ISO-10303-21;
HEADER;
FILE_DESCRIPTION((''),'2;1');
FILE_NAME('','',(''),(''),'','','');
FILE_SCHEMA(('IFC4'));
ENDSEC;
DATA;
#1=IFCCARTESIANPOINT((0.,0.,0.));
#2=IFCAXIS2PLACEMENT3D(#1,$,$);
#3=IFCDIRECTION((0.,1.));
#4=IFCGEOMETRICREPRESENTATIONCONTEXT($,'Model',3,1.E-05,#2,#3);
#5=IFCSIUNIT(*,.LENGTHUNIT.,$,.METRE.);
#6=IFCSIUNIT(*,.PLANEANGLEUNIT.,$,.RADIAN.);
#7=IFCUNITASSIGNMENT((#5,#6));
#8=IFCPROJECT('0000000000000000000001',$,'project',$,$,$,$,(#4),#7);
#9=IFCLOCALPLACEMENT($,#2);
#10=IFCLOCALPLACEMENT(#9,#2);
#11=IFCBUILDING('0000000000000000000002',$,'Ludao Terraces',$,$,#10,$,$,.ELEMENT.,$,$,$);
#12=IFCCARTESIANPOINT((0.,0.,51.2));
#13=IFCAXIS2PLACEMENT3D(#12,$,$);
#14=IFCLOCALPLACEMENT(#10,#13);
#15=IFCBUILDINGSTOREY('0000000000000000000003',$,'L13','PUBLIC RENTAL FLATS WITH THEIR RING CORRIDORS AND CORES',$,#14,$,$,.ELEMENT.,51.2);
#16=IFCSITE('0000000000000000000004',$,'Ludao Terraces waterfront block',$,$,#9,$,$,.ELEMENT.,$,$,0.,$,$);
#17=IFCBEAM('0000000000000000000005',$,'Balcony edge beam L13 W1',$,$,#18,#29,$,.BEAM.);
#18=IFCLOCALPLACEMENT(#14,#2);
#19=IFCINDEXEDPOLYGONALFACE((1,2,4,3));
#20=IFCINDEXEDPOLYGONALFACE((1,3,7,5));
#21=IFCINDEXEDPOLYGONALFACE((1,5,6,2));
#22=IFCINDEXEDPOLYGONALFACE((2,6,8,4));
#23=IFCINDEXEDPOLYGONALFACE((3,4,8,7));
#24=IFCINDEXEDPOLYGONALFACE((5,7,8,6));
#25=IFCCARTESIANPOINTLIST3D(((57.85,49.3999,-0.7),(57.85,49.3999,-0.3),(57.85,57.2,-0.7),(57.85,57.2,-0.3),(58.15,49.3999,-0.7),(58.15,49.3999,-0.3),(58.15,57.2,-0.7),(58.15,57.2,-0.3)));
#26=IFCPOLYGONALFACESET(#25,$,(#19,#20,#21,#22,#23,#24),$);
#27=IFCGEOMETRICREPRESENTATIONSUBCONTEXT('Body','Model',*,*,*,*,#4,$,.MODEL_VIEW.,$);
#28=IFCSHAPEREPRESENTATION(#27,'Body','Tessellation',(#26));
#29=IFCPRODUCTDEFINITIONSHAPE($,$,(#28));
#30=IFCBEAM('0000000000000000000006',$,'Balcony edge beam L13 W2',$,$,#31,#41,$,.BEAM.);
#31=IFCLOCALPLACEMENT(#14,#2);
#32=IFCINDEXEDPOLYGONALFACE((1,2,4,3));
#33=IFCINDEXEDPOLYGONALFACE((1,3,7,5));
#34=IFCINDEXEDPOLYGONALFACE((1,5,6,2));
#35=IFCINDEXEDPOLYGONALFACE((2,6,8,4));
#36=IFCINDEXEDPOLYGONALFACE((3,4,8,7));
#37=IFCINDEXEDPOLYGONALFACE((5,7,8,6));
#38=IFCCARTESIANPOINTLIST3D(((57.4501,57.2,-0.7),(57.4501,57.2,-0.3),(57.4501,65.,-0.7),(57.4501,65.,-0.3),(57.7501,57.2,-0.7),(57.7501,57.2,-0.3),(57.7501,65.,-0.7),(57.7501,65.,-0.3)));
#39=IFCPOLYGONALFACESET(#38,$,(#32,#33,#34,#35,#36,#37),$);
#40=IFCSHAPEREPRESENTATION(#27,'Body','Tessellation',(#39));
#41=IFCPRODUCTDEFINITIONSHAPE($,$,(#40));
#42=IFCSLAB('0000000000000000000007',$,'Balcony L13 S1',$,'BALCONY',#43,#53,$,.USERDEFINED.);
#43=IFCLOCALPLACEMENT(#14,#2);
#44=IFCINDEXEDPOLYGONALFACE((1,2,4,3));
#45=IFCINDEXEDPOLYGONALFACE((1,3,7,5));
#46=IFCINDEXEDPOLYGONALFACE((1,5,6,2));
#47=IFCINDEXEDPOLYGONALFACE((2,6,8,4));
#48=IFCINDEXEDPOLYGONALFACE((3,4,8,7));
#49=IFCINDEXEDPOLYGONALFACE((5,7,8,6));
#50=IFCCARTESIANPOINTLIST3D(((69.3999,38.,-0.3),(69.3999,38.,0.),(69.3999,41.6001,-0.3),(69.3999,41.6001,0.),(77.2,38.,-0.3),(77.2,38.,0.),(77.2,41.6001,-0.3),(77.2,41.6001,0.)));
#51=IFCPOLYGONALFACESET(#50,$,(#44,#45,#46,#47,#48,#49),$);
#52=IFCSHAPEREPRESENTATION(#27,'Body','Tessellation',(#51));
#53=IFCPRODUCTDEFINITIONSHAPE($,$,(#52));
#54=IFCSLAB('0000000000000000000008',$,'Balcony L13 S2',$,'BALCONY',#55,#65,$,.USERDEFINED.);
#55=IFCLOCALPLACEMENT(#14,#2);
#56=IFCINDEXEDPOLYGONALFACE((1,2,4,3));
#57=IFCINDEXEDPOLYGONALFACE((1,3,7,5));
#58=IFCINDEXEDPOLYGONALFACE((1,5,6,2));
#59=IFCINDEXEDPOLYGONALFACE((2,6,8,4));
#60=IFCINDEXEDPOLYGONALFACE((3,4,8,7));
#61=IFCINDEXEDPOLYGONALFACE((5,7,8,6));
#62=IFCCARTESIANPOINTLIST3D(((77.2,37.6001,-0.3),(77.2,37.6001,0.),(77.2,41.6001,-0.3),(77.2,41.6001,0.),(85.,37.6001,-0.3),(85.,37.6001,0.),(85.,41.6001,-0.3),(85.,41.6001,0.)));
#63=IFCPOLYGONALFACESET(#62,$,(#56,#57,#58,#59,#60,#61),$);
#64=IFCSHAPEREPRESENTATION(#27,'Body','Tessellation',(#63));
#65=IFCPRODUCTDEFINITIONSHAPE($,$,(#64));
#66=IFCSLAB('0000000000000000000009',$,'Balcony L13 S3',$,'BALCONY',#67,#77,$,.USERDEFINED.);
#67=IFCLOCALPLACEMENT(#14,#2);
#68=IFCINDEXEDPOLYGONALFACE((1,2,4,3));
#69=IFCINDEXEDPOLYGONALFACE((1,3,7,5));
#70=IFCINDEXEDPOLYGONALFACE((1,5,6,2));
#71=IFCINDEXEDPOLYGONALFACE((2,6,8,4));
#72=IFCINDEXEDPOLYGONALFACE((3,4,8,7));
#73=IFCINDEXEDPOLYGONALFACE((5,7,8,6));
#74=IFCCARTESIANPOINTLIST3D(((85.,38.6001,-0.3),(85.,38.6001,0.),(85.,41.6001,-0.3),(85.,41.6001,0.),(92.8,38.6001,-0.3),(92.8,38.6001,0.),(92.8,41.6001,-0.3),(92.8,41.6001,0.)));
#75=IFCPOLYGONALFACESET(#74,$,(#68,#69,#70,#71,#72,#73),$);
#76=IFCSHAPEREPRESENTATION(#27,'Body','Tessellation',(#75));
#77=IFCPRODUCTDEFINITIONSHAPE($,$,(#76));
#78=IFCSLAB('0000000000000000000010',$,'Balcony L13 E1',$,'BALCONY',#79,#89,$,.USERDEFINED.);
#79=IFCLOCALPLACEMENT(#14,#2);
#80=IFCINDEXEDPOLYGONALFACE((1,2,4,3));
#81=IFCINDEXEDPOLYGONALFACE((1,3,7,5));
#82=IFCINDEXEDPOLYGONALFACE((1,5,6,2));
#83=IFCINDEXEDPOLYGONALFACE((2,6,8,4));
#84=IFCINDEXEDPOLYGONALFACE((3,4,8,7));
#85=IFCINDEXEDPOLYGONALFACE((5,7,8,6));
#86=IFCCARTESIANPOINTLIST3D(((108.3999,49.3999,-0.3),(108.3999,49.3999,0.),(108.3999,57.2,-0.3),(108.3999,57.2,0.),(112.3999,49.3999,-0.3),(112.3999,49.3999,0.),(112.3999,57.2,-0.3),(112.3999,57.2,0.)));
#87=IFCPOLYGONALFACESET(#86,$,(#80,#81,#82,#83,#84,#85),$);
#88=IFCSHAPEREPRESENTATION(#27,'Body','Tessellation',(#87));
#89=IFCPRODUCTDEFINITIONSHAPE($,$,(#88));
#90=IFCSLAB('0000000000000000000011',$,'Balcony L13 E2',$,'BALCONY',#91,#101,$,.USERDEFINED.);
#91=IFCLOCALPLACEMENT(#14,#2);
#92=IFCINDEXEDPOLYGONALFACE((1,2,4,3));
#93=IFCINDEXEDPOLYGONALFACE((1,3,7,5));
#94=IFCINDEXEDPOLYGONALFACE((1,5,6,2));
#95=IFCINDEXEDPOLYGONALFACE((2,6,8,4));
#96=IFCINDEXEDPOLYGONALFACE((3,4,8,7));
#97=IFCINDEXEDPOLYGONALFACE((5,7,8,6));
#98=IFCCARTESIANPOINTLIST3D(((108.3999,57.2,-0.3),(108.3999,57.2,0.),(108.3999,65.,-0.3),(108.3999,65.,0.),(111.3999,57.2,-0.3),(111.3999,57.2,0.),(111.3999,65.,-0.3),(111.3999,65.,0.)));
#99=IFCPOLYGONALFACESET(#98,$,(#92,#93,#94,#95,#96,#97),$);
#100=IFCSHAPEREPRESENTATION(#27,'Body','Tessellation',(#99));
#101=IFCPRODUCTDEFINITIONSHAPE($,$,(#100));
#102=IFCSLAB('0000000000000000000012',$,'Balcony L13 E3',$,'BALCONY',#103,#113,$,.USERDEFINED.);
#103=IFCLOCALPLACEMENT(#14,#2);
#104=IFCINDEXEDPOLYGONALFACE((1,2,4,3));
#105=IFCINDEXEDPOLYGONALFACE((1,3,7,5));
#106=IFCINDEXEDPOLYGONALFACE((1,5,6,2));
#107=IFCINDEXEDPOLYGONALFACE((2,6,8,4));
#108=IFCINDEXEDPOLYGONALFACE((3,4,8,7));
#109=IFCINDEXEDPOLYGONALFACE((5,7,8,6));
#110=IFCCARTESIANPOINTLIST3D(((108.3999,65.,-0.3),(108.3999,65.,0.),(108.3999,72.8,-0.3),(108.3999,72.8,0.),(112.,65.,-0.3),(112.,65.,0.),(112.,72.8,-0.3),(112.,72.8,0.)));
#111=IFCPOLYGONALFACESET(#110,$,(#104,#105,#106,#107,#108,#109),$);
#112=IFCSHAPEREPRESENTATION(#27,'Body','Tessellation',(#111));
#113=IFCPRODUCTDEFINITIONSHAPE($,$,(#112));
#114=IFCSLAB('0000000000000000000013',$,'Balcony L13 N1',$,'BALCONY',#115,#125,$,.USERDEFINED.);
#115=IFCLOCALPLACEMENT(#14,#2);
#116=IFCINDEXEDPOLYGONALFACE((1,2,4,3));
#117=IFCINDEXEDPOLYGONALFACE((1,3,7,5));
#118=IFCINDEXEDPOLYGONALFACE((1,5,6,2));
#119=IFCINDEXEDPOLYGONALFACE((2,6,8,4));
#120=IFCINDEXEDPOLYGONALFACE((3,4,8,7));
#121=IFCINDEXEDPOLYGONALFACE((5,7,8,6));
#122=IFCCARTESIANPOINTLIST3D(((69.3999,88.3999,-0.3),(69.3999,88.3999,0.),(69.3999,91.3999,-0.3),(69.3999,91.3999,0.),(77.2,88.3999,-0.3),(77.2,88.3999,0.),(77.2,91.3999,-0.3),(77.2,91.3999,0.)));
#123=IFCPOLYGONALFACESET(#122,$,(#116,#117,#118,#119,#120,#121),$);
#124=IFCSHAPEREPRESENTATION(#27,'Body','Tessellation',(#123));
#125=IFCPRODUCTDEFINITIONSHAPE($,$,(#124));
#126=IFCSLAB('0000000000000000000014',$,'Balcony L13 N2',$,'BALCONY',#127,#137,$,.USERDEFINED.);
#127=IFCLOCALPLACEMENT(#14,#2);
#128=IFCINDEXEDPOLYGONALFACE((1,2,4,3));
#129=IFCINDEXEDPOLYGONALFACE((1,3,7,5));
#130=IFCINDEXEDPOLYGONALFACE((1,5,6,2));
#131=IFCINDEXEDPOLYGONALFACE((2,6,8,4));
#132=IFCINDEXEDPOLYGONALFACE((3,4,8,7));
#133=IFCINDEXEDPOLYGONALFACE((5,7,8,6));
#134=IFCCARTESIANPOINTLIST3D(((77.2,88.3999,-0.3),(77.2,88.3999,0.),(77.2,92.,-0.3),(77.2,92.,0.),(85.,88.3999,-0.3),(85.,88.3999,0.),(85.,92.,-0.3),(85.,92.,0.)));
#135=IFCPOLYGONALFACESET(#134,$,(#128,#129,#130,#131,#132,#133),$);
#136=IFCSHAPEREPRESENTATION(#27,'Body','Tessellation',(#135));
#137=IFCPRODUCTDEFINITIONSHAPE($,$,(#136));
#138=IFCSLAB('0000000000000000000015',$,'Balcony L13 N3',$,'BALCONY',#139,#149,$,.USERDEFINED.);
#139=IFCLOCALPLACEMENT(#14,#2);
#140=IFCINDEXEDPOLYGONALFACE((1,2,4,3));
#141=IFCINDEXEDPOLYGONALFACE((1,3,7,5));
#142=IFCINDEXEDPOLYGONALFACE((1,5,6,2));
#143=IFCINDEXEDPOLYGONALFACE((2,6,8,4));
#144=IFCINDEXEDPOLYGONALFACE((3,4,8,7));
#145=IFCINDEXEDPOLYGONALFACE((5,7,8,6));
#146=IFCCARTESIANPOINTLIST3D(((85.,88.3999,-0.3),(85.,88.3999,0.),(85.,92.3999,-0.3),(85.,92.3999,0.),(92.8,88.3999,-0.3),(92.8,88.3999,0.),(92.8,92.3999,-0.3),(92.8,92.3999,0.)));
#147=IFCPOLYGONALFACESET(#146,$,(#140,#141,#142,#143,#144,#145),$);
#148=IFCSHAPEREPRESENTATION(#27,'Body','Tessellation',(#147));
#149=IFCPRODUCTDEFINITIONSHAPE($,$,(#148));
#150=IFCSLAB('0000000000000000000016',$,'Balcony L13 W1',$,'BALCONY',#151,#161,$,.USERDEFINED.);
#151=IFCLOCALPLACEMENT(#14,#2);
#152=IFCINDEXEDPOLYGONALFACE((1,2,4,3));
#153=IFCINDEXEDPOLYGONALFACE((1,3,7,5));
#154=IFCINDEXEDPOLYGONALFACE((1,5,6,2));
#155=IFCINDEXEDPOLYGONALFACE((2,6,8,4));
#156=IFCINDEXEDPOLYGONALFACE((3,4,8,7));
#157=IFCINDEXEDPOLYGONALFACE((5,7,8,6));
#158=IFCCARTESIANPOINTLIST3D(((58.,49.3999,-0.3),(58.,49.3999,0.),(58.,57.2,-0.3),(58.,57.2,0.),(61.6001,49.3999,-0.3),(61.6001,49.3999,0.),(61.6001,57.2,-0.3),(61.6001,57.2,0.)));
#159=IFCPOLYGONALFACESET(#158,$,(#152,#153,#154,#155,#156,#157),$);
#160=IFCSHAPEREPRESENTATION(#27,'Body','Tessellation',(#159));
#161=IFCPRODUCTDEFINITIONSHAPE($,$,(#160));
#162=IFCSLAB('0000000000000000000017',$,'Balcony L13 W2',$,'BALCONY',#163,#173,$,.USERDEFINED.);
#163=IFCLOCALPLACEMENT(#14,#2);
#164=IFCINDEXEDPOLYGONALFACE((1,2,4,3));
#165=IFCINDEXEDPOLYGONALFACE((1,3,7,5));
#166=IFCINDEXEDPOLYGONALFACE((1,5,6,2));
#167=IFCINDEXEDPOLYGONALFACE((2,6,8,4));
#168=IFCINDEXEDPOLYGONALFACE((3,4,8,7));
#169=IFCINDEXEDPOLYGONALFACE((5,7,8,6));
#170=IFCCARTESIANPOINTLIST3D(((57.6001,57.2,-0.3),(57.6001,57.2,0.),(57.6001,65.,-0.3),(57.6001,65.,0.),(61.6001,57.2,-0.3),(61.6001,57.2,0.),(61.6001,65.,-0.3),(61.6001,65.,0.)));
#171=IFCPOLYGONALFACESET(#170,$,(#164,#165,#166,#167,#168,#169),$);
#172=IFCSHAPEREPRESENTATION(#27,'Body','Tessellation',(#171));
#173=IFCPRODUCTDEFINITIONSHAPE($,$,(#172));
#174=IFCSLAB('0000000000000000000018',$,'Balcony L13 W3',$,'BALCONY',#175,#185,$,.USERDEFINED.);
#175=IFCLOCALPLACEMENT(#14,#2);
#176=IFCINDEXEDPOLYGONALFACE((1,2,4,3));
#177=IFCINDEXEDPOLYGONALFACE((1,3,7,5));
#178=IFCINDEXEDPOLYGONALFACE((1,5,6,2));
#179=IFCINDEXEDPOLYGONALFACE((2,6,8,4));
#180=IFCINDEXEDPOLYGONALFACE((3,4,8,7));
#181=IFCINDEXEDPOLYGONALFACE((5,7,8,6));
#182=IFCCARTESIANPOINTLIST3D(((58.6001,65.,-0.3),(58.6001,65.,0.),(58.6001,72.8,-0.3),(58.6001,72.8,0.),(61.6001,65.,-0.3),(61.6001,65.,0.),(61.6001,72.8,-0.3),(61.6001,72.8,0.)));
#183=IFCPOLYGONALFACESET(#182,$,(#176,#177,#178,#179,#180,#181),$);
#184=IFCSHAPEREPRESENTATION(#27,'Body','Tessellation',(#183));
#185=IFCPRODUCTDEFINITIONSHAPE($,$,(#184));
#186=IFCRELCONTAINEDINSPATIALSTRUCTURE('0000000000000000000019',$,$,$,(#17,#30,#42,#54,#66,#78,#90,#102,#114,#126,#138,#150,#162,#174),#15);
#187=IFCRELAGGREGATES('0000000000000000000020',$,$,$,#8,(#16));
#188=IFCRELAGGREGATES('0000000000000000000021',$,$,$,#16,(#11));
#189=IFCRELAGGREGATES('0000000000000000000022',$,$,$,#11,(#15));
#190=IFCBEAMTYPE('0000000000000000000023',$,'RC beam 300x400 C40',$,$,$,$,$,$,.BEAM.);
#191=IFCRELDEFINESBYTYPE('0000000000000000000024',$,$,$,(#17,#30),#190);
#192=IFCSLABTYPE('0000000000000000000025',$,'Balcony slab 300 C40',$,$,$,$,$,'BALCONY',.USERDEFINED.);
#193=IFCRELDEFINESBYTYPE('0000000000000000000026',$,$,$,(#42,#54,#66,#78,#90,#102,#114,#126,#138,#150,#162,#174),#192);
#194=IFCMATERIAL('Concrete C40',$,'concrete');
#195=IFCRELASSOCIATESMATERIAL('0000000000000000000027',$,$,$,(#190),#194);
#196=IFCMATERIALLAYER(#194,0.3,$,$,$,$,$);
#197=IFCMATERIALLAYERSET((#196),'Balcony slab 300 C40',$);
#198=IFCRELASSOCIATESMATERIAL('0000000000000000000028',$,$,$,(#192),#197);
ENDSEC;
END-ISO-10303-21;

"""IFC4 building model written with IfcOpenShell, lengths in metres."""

from ifc_helpers import new_model, si_unit, direction, frame, origin, origin_2d, place, context, subcontext, project, spatial, polyline, rectangle, outline, extrude, material, layer, layer_set, material_profile, profile_set, type_object, element, save


model = new_model("IFC4")

# Units and contexts
model_context = context("Model", 3, precision=1e-05, world=origin(), true_north=direction((0.0, 1.0)))
body_context = subcontext(model_context, "Body", "Model", "MODEL_VIEW")
ifc_project = project(units=[si_unit("LENGTHUNIT", "METRE"), si_unit("PLANEANGLEUNIT", "RADIAN")], contexts=[model_context])

# Site, building, storey
site_placement = place(None, origin())
site = spatial("IfcSite", under=ifc_project, at=site_placement, Name="Ludao Terraces waterfront block", CompositionType="ELEMENT", RefElevation=0.0)
building_placement = place(site_placement, origin())
building = spatial("IfcBuilding", under=site, at=building_placement, Name="Ludao Terraces", CompositionType="ELEMENT")
storey_placement = place(building_placement, frame((0.0, 0.0, 51.2)))
storey = spatial("IfcBuildingStorey", under=building, at=storey_placement, Name="L13", Description="PUBLIC RENTAL FLATS WITH THEIR RING CORRIDORS AND CORES", CompositionType="ELEMENT", Elevation=51.2)

# Beams
ifc_material_1 = material(Name="Concrete C40", Category="concrete")
ifc_material_profile = material_profile(ifc_material_1, rectangle(XDim=0.3, YDim=0.3999, at=origin_2d()), Name="300 X 400")
ifc_profile_set = profile_set([ifc_material_profile], Name="Concrete C40")
beam_type = type_object("IfcBeamType", Name="RC beam 300x400 C40", PredefinedType="BEAM", material=ifc_profile_set)
for number, where, z_axis, x_axis, name in (
    (1, (58.0, 49.3999, -0.5), (0.0, 1.0, 0.0), (-1.0, 0.0, 0.0), "Balcony edge beam L13 W1"),
    (2, (57.6001, 57.2, -0.5), (0.0, 1.0, 0.0), (-1.0, 0.0, 0.0), "Balcony edge beam L13 W2"),
):
    element("IfcBeam", number, at=place(storey_placement, frame(where, z_axis=z_axis, x_axis=x_axis)), inside=storey, type_object=beam_type, Name=name, PredefinedType="BEAM", context=body_context, shape_type="SweptSolid", body=[
        extrude(rectangle(XDim=0.3, YDim=0.3999, at=origin_2d()), origin(), (0.0, 0.0, 1.0), 7.8),
    ])

# Slabs
ifc_layer_1 = layer(ifc_material_1, 0.3)
ifc_layer_set_1 = layer_set([ifc_layer_1], Name="Balcony slab 300 C40")
slab_type_1 = type_object("IfcSlabType", Name="Balcony slab 300 C40", ElementType="BALCONY", PredefinedType="USERDEFINED", material=ifc_layer_set_1)
slab_1_placement = place(storey_placement, frame((0.0, 0.0, -0.3)))
element("IfcSlab", 3, at=slab_1_placement, inside=storey, type_object=slab_type_1, Name="Balcony L13 S1", ObjectType="BALCONY", PredefinedType="USERDEFINED", context=body_context, shape_type="SweptSolid", body=[
    extrude(outline(polyline([(69.3999, 38.0), (77.2, 38.0), (77.2, 41.6001), (69.3999, 41.6001), (69.3999, 38.0)])), origin(), (0.0, 0.0, 1.0), 0.3),
])
slab_2_placement = place(storey_placement, frame((0.0, 0.0, -0.3)))
element("IfcSlab", 4, at=slab_2_placement, inside=storey, type_object=slab_type_1, Name="Balcony L13 S2", ObjectType="BALCONY", PredefinedType="USERDEFINED", context=body_context, shape_type="SweptSolid", body=[
    extrude(outline(polyline([(77.2, 37.6001), (85.0, 37.6001), (85.0, 41.6001), (77.2, 41.6001), (77.2, 37.6001)])), origin(), (0.0, 0.0, 1.0), 0.3),
])
slab_3_placement = place(storey_placement, frame((0.0, 0.0, -0.3)))
element("IfcSlab", 5, at=slab_3_placement, inside=storey, type_object=slab_type_1, Name="Balcony L13 S3", ObjectType="BALCONY", PredefinedType="USERDEFINED", context=body_context, shape_type="SweptSolid", body=[
    extrude(outline(polyline([(85.0, 38.6001), (92.8, 38.6001), (92.8, 41.6001), (85.0, 41.6001), (85.0, 38.6001)])), origin(), (0.0, 0.0, 1.0), 0.3),
])
slab_4_placement = place(storey_placement, frame((0.0, 0.0, -0.3)))
element("IfcSlab", 6, at=slab_4_placement, inside=storey, type_object=slab_type_1, Name="Balcony L13 E1", ObjectType="BALCONY", PredefinedType="USERDEFINED", context=body_context, shape_type="SweptSolid", body=[
    extrude(outline(polyline([(108.3999, 49.3999), (112.3999, 49.3999), (112.3999, 57.2), (108.3999, 57.2), (108.3999, 49.3999)])), origin(), (0.0, 0.0, 1.0), 0.3),
])
slab_5_placement = place(storey_placement, frame((0.0, 0.0, -0.3)))
element("IfcSlab", 7, at=slab_5_placement, inside=storey, type_object=slab_type_1, Name="Balcony L13 E2", ObjectType="BALCONY", PredefinedType="USERDEFINED", context=body_context, shape_type="SweptSolid", body=[
    extrude(outline(polyline([(108.3999, 57.2), (111.3999, 57.2), (111.3999, 65.0), (108.3999, 65.0), (108.3999, 57.2)])), origin(), (0.0, 0.0, 1.0), 0.3),
])
slab_6_placement = place(storey_placement, frame((0.0, 0.0, -0.3)))
element("IfcSlab", 8, at=slab_6_placement, inside=storey, type_object=slab_type_1, Name="Balcony L13 E3", ObjectType="BALCONY", PredefinedType="USERDEFINED", context=body_context, shape_type="SweptSolid", body=[
    extrude(outline(polyline([(108.3999, 65.0), (112.0, 65.0), (112.0, 72.8), (108.3999, 72.8), (108.3999, 65.0)])), origin(), (0.0, 0.0, 1.0), 0.3),
])
slab_7_placement = place(storey_placement, frame((0.0, 0.0, -0.3)))
element("IfcSlab", 9, at=slab_7_placement, inside=storey, type_object=slab_type_1, Name="Balcony L13 N1", ObjectType="BALCONY", PredefinedType="USERDEFINED", context=body_context, shape_type="SweptSolid", body=[
    extrude(outline(polyline([(69.3999, 88.3999), (77.2, 88.3999), (77.2, 91.3999), (69.3999, 91.3999), (69.3999, 88.3999)])), origin(), (0.0, 0.0, 1.0), 0.3),
])
slab_8_placement = place(storey_placement, frame((0.0, 0.0, -0.3)))
element("IfcSlab", 10, at=slab_8_placement, inside=storey, type_object=slab_type_1, Name="Balcony L13 N2", ObjectType="BALCONY", PredefinedType="USERDEFINED", context=body_context, shape_type="SweptSolid", body=[
    extrude(outline(polyline([(77.2, 88.3999), (85.0, 88.3999), (85.0, 92.0), (77.2, 92.0), (77.2, 88.3999)])), origin(), (0.0, 0.0, 1.0), 0.3),
])
slab_9_placement = place(storey_placement, frame((0.0, 0.0, -0.3)))
element("IfcSlab", 11, at=slab_9_placement, inside=storey, type_object=slab_type_1, Name="Balcony L13 N3", ObjectType="BALCONY", PredefinedType="USERDEFINED", context=body_context, shape_type="SweptSolid", body=[
    extrude(outline(polyline([(85.0, 88.3999), (92.8, 88.3999), (92.8, 92.3999), (85.0, 92.3999), (85.0, 88.3999)])), origin(), (0.0, 0.0, 1.0), 0.3),
])
slab_10_placement = place(storey_placement, frame((0.0, 0.0, -0.3)))
element("IfcSlab", 12, at=slab_10_placement, inside=storey, type_object=slab_type_1, Name="Balcony L13 W1", ObjectType="BALCONY", PredefinedType="USERDEFINED", context=body_context, shape_type="SweptSolid", body=[
    extrude(outline(polyline([(58.0, 49.3999), (61.6001, 49.3999), (61.6001, 57.2), (58.0, 57.2), (58.0, 49.3999)])), origin(), (0.0, 0.0, 1.0), 0.3),
])
slab_11_placement = place(storey_placement, frame((0.0, 0.0, -0.3)))
element("IfcSlab", 13, at=slab_11_placement, inside=storey, type_object=slab_type_1, Name="Balcony L13 W2", ObjectType="BALCONY", PredefinedType="USERDEFINED", context=body_context, shape_type="SweptSolid", body=[
    extrude(outline(polyline([(57.6001, 57.2), (61.6001, 57.2), (61.6001, 65.0), (57.6001, 65.0), (57.6001, 57.2)])), origin(), (0.0, 0.0, 1.0), 0.3),
])
slab_12_placement = place(storey_placement, frame((0.0, 0.0, -0.3)))
element("IfcSlab", 14, at=slab_12_placement, inside=storey, type_object=slab_type_1, Name="Balcony L13 W3", ObjectType="BALCONY", PredefinedType="USERDEFINED", context=body_context, shape_type="SweptSolid", body=[
    extrude(outline(polyline([(58.6001, 65.0), (61.6001, 65.0), (61.6001, 72.8), (58.6001, 72.8), (58.6001, 65.0)])), origin(), (0.0, 0.0, 1.0), 0.3),
])

save(model, "model.ifc")
